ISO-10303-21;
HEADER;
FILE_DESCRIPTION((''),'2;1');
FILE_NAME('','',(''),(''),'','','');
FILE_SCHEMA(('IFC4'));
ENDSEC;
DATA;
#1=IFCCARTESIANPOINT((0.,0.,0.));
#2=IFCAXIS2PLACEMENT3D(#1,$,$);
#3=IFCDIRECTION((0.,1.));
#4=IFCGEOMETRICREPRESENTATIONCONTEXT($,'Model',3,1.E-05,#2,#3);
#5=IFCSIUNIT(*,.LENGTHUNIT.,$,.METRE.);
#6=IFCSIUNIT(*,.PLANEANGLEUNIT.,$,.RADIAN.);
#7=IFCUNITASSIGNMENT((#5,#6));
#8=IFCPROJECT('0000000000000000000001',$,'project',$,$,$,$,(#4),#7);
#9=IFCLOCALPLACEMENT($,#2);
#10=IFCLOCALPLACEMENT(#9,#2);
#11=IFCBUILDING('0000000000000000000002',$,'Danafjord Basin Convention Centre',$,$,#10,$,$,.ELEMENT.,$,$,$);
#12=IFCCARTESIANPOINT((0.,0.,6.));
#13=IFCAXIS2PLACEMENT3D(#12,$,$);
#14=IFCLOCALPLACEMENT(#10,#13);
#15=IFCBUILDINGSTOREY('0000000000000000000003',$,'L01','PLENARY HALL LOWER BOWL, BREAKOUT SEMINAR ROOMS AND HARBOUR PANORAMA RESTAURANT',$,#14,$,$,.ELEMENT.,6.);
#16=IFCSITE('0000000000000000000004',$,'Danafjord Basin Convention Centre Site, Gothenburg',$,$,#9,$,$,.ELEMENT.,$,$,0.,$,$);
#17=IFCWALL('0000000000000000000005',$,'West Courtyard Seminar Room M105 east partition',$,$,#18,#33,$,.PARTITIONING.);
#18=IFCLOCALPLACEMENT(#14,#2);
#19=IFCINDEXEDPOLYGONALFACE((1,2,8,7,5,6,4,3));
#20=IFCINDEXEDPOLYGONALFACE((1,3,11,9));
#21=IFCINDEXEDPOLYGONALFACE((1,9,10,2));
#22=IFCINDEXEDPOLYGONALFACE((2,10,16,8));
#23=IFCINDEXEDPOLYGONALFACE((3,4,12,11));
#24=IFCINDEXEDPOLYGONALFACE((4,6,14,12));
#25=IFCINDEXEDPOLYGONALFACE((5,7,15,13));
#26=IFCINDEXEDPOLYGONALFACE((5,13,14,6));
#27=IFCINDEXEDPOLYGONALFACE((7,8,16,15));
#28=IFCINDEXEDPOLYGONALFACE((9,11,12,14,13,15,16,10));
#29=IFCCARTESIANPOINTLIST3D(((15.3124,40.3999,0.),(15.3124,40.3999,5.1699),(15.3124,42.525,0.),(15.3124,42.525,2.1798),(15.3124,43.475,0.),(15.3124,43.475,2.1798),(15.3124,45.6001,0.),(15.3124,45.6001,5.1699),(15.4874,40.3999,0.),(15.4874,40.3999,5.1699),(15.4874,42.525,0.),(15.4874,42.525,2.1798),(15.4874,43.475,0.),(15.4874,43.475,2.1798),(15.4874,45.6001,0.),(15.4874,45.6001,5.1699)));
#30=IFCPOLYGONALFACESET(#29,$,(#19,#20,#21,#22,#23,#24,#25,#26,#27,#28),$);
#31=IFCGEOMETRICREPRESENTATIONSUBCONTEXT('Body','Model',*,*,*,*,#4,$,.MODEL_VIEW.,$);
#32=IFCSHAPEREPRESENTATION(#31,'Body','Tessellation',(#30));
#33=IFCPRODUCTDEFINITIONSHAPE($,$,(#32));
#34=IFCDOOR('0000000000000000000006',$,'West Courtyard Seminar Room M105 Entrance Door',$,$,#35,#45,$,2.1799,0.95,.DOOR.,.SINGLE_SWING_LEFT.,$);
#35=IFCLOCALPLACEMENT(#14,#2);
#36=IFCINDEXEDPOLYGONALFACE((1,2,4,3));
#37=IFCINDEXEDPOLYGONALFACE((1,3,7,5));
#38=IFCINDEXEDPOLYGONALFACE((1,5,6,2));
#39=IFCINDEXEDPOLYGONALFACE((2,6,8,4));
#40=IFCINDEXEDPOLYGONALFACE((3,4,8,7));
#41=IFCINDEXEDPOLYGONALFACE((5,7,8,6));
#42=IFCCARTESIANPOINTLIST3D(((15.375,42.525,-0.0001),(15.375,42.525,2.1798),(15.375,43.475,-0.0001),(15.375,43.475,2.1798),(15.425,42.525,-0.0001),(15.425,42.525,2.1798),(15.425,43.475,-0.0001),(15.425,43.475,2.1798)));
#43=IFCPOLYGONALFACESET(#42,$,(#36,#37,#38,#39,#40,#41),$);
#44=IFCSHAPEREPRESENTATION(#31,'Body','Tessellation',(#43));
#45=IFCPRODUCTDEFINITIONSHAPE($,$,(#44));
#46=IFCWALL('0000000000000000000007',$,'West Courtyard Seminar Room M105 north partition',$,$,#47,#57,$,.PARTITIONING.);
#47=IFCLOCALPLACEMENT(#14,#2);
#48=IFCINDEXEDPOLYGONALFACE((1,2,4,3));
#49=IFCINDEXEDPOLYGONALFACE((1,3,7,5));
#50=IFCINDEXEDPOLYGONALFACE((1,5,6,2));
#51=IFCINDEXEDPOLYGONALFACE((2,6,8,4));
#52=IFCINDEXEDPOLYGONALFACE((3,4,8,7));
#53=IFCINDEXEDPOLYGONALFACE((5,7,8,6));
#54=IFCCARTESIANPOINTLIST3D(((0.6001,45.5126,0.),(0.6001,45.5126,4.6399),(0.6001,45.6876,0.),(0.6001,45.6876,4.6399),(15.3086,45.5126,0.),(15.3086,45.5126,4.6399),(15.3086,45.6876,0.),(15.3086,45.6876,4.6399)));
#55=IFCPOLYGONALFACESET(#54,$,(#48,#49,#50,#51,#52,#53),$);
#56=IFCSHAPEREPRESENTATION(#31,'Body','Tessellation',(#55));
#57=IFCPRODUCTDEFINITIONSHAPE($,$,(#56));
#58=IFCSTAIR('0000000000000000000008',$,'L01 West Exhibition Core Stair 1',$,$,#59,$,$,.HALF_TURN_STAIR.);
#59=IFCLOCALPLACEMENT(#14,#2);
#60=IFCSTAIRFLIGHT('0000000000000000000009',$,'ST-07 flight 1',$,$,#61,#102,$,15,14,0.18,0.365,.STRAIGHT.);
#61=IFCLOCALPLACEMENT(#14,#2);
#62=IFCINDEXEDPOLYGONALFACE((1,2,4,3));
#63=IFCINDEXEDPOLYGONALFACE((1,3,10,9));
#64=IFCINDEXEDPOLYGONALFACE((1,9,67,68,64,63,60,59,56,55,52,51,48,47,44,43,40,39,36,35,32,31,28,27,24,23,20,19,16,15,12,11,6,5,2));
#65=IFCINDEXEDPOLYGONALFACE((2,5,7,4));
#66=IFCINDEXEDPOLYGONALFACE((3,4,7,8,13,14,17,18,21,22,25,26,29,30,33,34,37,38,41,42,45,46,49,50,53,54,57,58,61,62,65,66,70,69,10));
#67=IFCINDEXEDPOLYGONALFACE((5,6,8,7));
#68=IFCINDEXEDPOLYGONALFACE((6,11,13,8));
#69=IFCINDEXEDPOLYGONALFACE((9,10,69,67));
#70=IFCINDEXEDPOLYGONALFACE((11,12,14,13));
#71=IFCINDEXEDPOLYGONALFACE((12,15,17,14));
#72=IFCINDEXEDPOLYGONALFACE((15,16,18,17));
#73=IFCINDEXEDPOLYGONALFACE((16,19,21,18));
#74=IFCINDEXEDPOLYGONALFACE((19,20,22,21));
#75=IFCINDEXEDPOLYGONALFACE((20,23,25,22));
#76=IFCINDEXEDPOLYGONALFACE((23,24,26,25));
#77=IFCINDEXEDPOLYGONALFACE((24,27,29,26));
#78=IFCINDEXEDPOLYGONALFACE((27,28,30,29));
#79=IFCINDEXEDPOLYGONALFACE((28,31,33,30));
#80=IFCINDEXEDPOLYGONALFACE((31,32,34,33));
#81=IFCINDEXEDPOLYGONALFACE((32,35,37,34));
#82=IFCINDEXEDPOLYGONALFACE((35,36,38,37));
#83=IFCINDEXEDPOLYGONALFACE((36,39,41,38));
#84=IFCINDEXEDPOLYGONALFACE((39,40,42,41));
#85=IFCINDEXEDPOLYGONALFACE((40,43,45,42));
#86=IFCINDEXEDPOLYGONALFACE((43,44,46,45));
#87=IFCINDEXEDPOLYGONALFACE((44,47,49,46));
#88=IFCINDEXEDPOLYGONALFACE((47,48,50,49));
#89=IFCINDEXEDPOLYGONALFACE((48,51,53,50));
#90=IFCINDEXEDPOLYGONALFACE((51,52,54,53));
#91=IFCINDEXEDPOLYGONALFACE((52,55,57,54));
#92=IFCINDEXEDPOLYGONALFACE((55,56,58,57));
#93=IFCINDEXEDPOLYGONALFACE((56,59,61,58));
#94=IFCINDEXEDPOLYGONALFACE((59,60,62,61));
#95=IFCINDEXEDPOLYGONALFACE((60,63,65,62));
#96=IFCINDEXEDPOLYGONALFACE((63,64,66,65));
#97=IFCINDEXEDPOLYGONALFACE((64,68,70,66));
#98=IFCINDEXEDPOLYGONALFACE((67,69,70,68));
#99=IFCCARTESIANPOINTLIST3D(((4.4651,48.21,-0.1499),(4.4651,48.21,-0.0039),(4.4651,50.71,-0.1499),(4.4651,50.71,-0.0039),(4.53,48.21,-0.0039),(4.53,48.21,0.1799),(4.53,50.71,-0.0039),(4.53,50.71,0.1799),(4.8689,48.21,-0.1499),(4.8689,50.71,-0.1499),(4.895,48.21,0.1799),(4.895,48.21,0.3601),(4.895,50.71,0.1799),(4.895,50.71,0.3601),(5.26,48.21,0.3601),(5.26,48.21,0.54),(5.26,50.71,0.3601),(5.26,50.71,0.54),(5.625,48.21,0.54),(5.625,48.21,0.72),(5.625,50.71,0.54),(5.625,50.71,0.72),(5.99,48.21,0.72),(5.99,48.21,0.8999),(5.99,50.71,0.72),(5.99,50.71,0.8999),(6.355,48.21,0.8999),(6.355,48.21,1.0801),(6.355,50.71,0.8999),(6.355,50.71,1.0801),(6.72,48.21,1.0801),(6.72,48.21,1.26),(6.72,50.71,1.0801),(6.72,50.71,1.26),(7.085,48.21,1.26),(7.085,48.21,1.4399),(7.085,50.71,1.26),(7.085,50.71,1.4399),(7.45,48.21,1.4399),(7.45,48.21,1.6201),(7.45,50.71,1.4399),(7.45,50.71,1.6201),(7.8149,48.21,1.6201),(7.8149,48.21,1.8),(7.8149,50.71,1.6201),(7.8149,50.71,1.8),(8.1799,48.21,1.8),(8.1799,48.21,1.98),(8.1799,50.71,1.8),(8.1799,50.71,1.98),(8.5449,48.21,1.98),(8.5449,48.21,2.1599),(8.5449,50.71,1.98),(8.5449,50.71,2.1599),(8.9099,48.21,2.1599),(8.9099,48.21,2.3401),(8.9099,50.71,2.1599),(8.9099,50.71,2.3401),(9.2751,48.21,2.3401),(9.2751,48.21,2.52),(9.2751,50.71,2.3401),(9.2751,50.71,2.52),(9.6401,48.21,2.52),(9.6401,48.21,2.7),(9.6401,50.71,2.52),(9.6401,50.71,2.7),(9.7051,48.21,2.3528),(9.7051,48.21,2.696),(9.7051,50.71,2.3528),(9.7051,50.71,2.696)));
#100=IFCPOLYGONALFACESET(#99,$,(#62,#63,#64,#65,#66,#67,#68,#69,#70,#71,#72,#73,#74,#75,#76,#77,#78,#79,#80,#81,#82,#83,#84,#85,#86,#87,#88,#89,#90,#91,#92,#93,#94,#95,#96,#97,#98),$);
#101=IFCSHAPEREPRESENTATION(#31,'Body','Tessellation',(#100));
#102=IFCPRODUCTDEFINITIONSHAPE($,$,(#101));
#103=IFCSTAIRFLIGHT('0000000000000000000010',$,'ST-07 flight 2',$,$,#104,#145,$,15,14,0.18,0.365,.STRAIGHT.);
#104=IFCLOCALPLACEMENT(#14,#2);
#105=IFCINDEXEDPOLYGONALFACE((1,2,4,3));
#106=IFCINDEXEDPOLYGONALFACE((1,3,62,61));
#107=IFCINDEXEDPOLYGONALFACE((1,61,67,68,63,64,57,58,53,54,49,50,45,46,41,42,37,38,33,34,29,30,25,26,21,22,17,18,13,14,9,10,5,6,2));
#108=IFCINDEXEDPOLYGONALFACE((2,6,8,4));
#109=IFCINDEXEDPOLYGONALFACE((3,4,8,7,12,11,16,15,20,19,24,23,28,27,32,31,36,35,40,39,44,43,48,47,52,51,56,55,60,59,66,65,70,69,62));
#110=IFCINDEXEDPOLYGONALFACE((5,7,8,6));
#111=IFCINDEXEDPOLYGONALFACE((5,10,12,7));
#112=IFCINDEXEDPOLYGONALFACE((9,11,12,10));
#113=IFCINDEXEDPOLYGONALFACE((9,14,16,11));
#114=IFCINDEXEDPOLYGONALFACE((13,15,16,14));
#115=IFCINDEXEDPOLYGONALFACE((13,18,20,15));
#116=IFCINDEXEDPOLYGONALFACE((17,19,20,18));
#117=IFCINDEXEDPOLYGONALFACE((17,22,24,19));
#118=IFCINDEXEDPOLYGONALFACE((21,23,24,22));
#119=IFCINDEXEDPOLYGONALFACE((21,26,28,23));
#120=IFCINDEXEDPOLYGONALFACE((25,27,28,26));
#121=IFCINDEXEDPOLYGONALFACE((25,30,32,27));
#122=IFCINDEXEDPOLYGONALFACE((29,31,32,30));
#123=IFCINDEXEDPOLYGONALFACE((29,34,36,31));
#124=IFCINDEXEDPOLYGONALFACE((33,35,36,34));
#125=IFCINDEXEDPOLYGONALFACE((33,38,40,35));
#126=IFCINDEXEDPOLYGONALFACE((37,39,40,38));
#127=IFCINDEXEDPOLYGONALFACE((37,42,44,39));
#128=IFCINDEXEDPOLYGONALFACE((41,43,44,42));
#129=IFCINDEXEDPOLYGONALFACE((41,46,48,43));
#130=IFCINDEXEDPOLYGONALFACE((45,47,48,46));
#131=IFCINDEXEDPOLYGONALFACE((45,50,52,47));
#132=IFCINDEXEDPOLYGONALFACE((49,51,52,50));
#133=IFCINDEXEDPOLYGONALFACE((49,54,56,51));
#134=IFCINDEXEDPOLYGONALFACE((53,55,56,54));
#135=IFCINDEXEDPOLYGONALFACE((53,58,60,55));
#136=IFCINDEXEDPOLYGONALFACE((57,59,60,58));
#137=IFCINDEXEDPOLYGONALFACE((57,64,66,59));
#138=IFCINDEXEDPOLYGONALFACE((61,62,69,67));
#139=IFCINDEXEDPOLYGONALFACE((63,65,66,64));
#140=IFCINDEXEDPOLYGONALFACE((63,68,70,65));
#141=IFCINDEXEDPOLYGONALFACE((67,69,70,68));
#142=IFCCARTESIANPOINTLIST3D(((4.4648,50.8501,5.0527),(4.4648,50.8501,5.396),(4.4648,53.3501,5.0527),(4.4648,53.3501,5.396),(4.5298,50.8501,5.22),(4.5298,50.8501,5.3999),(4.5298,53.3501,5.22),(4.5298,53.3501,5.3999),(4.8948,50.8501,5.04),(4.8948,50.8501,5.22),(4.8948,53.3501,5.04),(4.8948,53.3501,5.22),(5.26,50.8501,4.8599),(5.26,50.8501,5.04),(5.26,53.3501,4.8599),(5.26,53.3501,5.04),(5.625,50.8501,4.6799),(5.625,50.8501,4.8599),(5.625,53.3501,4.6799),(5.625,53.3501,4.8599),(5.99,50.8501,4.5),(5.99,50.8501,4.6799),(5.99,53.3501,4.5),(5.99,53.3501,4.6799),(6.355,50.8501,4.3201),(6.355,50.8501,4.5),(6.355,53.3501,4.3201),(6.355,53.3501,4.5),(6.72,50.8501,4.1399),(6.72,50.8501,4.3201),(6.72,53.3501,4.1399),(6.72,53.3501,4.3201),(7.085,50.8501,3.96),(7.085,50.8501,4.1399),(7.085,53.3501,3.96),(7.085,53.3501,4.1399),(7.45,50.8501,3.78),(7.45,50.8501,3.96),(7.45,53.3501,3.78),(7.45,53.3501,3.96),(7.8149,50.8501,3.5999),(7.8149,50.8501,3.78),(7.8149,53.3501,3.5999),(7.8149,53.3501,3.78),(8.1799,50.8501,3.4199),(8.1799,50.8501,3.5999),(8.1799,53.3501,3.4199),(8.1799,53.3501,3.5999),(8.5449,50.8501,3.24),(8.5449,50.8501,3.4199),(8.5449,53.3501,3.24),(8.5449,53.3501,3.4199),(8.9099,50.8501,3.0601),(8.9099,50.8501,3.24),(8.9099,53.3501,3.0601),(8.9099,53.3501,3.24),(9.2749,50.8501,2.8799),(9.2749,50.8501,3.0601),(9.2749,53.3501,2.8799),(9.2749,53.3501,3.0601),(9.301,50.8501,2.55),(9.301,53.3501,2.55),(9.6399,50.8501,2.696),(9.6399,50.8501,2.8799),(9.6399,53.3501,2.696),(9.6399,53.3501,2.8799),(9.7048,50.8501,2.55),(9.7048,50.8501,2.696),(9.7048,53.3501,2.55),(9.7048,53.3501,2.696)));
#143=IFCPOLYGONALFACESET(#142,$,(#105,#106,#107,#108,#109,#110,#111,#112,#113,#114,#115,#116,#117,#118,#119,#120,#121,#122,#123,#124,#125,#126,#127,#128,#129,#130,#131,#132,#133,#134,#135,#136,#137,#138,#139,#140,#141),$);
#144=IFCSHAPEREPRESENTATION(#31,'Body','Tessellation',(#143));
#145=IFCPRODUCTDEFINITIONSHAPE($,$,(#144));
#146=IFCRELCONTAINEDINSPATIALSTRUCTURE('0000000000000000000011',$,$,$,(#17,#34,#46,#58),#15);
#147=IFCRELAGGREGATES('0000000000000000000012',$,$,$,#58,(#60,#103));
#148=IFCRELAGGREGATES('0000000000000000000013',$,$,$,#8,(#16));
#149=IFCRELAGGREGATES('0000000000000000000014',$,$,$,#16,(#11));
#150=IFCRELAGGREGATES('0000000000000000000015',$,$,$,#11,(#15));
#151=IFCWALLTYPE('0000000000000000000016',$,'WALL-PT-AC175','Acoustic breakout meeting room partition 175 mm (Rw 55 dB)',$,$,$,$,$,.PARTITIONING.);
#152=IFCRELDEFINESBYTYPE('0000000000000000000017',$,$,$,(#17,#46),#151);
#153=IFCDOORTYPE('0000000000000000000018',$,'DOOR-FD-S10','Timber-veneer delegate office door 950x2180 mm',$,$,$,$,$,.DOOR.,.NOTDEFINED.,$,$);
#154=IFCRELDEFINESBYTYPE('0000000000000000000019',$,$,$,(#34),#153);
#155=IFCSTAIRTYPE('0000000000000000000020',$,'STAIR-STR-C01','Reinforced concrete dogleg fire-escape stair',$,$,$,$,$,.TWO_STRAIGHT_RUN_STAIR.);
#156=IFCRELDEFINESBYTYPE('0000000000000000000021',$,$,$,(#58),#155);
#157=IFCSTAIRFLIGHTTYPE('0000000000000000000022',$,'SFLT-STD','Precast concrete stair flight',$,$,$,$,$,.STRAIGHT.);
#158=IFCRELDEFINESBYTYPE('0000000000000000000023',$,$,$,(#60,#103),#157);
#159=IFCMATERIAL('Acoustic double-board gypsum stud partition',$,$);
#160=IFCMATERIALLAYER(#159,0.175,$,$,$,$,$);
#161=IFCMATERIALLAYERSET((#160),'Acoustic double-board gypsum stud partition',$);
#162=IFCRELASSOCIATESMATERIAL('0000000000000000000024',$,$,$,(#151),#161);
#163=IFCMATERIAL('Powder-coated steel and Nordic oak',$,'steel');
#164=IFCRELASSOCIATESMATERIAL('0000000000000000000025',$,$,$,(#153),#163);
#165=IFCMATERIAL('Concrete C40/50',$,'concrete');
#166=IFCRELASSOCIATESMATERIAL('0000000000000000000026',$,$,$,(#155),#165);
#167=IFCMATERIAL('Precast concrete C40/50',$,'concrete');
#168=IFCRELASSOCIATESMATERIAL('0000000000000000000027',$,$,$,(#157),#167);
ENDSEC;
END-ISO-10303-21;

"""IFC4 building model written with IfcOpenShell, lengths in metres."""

from ifc_helpers import new_model, si_unit, direction, frame, frame_2d, origin, place, context, subcontext, project, spatial, polyline, rectangle, outline, extrude, material, layer, layer_set, type_object, element, fill, aggregate, save


model = new_model("IFC4")

# Units and contexts
model_context = context("Model", 3, precision=1e-05, world=origin(), true_north=direction((0.0, 1.0)))
body_context = subcontext(model_context, "Body", "Model", "MODEL_VIEW")
ifc_project = project(units=[si_unit("LENGTHUNIT", "METRE"), si_unit("PLANEANGLEUNIT", "RADIAN")], contexts=[model_context])

# Site, building, storey
site_placement = place(None, origin())
site = spatial("IfcSite", under=ifc_project, at=site_placement, Name="Danafjord Basin Convention Centre Site, Gothenburg", CompositionType="ELEMENT", RefElevation=0.0)
building_placement = place(site_placement, origin())
building = spatial("IfcBuilding", under=site, at=building_placement, Name="Danafjord Basin Convention Centre", CompositionType="ELEMENT")
storey_placement = place(building_placement, frame((0.0, 0.0, 6.0)))
storey = spatial("IfcBuildingStorey", under=building, at=storey_placement, Name="L01", Description="PLENARY HALL LOWER BOWL, BREAKOUT SEMINAR ROOMS AND HARBOUR PANORAMA RESTAURANT", CompositionType="ELEMENT", Elevation=6.0)

# Shared definitions
ifc_material_1 = material(Name="Concrete C40/50", Category="concrete")

# Shared definitions
ifc_material_2 = material(Name="Acoustic double-board gypsum stud partition")
ifc_layer_1 = layer(ifc_material_2, 0.175)
ifc_layer_set_1 = layer_set([ifc_layer_1], Name="Acoustic double-board gypsum stud partition")
wall_type_1 = type_object("IfcWallType", Name="WALL-PT-AC175", Description="Acoustic breakout meeting room partition 175 mm (Rw 55 dB)", PredefinedType="PARTITIONING", material=ifc_layer_set_1)

# Wall, opening, door
wall_1_placement = place(storey_placement, frame((15.3999, 40.3999, 0.0), z_axis=(0.0, 0.0, 1.0), x_axis=(0.0, 1.0, 0.0)))
wall_1 = element("IfcWall", 1, at=wall_1_placement, inside=storey, type_object=wall_type_1, Name="West Courtyard Seminar Room M105 east partition", PredefinedType="PARTITIONING", context=body_context, shape_type="SweptSolid", body=[
    extrude(rectangle(XDim=5.2002, YDim=0.175, at=frame_2d((2.6001, 0.0))), origin(), (0.0, 0.0, 1.0), 5.1699),
])
opening_1_placement = place(wall_1_placement, frame((2.125, 0.0, 0.0)))
opening_1 = element("IfcOpeningElement", 2, at=opening_1_placement, cuts=wall_1, PredefinedType="OPENING", context=body_context, shape_type="SweptSolid", body=[
    extrude(rectangle(XDim=0.95, YDim=2.1799, at=frame_2d((0.4751, 1.0898))), frame((0.0, 0.0974, 0.0), z_axis=(0.0, -1.0, 0.0), x_axis=(1.0, 0.0, 0.0)), (0.0, 0.0, 1.0), 0.1951),
])
ifc_material_3 = material(Name="Powder-coated steel and Nordic oak", Category="steel")
door_type_1 = type_object("IfcDoorType", Name="DOOR-FD-S10", Description="Timber-veneer delegate office door 950x2180 mm", OperationType="NOTDEFINED", PredefinedType="DOOR", material=ifc_material_3)
door_1_placement = place(opening_1_placement, origin())
door_1 = element("IfcDoor", 3, at=door_1_placement, inside=storey, type_object=door_type_1, Name="West Courtyard Seminar Room M105 Entrance Door", OperationType="SINGLE_SWING_LEFT", OverallHeight=2.1799, OverallWidth=0.95, PredefinedType="DOOR", context=body_context, shape_type="SweptSolid", body=[
    extrude(rectangle(XDim=0.95, YDim=2.1799, at=frame_2d((0.4751, 1.0898))), frame((0.0, 0.0249, 0.0), z_axis=(0.0, -1.0, 0.0), x_axis=(1.0, 0.0, 0.0)), (0.0, 0.0, 1.0), 0.05),
])
fill(opening_1, door_1)

# Wall
wall_2_placement = place(storey_placement, frame((15.3086, 45.6001, 0.0), z_axis=(0.0, 0.0, 1.0), x_axis=(-1.0, 0.0, 0.0)))
element("IfcWall", 4, at=wall_2_placement, inside=storey, type_object=wall_type_1, Name="West Courtyard Seminar Room M105 north partition", PredefinedType="PARTITIONING", context=body_context, shape_type="SweptSolid", body=[
    extrude(rectangle(XDim=14.7085, YDim=0.175, at=frame_2d((7.3542, 0.0))), origin(), (0.0, 0.0, 1.0), 4.6399),
])

# Stair, stair flights
stair_type = type_object("IfcStairType", Name="STAIR-STR-C01", Description="Reinforced concrete dogleg fire-escape stair", PredefinedType="TWO_STRAIGHT_RUN_STAIR", material=ifc_material_1)
stair_placement = place(storey_placement, origin())
stair = element("IfcStair", 5, at=stair_placement, inside=storey, type_object=stair_type, Name="L01 West Exhibition Core Stair 1", PredefinedType="HALF_TURN_STAIR")
ifc_material_4 = material(Name="Precast concrete C40/50", Category="concrete")
stair_flight_type = type_object("IfcStairFlightType", Name="SFLT-STD", Description="Precast concrete stair flight", PredefinedType="STRAIGHT", material=ifc_material_4)
stair_flight_1_placement = place(storey_placement, frame((4.53, 49.46, 0.0), z_axis=(0.0, 0.0, 1.0), x_axis=(1.0, 0.0, 0.0)))
stair_flight_1 = element("IfcStairFlight", 6, at=stair_flight_1_placement, type_object=stair_flight_type, Name="ST-07 flight 1", NumberOfRisers=15, NumberOfTreads=14, PredefinedType="STRAIGHT", RiserHeight=0.18, TreadLength=0.365, context=body_context, shape_type="SweptSolid", body=[
    extrude(outline(polyline([(-0.0649, -0.1499), (-0.0649, -0.0039), (0.0, -0.0039), (0.0, 0.1799), (0.365, 0.1799), (0.365, 0.3601), (0.73, 0.3601), (0.73, 0.54), (1.095, 0.54), (1.095, 0.72), (1.46, 0.72), (1.46, 0.8999), (1.825, 0.8999), (1.825, 1.0801), (2.1899, 1.0801), (2.1899, 1.26), (2.5549, 1.26), (2.5549, 1.4399), (2.9199, 1.4399), (2.9199, 1.6201), (3.2849, 1.6201), (3.2849, 1.8), (3.6499, 1.8), (3.6499, 1.98), (4.0149, 1.98), (4.0149, 2.1599), (4.3799, 2.1599), (4.3799, 2.3401), (4.7451, 2.3401), (4.7451, 2.52), (5.1101, 2.52), (5.1101, 2.7), (5.175, 2.696), (5.175, 2.3528), (0.3389, -0.1499), (-0.0649, -0.1499)])), frame((0.0, 1.25, 0.0), z_axis=(0.0, -1.0, 0.0), x_axis=(1.0, 0.0, 0.0)), (0.0, 0.0, 1.0), 2.5),
])
stair_flight_2_placement = place(storey_placement, frame((9.6399, 52.1001, 2.7), z_axis=(0.0, 0.0, 1.0), x_axis=(-1.0, 0.0, 0.0)))
stair_flight_2 = element("IfcStairFlight", 7, at=stair_flight_2_placement, type_object=stair_flight_type, Name="ST-07 flight 2", NumberOfRisers=15, NumberOfTreads=14, PredefinedType="STRAIGHT", RiserHeight=0.18, TreadLength=0.365, context=body_context, shape_type="SweptSolid", body=[
    extrude(outline(polyline([(-0.0649, -0.1499), (-0.0649, -0.0039), (0.0, -0.0039), (0.0, 0.1799), (0.365, 0.1799), (0.365, 0.3601), (0.73, 0.3601), (0.73, 0.54), (1.095, 0.54), (1.095, 0.72), (1.46, 0.72), (1.46, 0.8999), (1.825, 0.8999), (1.825, 1.0801), (2.1899, 1.0801), (2.1899, 1.26), (2.5549, 1.26), (2.5549, 1.4399), (2.9199, 1.4399), (2.9199, 1.6201), (3.2849, 1.6201), (3.2849, 1.8), (3.6499, 1.8), (3.6499, 1.98), (4.0149, 1.98), (4.0149, 2.1599), (4.3799, 2.1599), (4.3799, 2.3401), (4.7451, 2.3401), (4.7451, 2.52), (5.1101, 2.52), (5.1101, 2.7), (5.175, 2.696), (5.175, 2.3528), (0.3389, -0.1499), (-0.0649, -0.1499)])), frame((0.0, 1.25, 0.0), z_axis=(0.0, -1.0, 0.0), x_axis=(1.0, 0.0, 0.0)), (0.0, 0.0, 1.0), 2.5),
])
aggregate(stair, [stair_flight_1, stair_flight_2])

save(model, "model.ifc")
